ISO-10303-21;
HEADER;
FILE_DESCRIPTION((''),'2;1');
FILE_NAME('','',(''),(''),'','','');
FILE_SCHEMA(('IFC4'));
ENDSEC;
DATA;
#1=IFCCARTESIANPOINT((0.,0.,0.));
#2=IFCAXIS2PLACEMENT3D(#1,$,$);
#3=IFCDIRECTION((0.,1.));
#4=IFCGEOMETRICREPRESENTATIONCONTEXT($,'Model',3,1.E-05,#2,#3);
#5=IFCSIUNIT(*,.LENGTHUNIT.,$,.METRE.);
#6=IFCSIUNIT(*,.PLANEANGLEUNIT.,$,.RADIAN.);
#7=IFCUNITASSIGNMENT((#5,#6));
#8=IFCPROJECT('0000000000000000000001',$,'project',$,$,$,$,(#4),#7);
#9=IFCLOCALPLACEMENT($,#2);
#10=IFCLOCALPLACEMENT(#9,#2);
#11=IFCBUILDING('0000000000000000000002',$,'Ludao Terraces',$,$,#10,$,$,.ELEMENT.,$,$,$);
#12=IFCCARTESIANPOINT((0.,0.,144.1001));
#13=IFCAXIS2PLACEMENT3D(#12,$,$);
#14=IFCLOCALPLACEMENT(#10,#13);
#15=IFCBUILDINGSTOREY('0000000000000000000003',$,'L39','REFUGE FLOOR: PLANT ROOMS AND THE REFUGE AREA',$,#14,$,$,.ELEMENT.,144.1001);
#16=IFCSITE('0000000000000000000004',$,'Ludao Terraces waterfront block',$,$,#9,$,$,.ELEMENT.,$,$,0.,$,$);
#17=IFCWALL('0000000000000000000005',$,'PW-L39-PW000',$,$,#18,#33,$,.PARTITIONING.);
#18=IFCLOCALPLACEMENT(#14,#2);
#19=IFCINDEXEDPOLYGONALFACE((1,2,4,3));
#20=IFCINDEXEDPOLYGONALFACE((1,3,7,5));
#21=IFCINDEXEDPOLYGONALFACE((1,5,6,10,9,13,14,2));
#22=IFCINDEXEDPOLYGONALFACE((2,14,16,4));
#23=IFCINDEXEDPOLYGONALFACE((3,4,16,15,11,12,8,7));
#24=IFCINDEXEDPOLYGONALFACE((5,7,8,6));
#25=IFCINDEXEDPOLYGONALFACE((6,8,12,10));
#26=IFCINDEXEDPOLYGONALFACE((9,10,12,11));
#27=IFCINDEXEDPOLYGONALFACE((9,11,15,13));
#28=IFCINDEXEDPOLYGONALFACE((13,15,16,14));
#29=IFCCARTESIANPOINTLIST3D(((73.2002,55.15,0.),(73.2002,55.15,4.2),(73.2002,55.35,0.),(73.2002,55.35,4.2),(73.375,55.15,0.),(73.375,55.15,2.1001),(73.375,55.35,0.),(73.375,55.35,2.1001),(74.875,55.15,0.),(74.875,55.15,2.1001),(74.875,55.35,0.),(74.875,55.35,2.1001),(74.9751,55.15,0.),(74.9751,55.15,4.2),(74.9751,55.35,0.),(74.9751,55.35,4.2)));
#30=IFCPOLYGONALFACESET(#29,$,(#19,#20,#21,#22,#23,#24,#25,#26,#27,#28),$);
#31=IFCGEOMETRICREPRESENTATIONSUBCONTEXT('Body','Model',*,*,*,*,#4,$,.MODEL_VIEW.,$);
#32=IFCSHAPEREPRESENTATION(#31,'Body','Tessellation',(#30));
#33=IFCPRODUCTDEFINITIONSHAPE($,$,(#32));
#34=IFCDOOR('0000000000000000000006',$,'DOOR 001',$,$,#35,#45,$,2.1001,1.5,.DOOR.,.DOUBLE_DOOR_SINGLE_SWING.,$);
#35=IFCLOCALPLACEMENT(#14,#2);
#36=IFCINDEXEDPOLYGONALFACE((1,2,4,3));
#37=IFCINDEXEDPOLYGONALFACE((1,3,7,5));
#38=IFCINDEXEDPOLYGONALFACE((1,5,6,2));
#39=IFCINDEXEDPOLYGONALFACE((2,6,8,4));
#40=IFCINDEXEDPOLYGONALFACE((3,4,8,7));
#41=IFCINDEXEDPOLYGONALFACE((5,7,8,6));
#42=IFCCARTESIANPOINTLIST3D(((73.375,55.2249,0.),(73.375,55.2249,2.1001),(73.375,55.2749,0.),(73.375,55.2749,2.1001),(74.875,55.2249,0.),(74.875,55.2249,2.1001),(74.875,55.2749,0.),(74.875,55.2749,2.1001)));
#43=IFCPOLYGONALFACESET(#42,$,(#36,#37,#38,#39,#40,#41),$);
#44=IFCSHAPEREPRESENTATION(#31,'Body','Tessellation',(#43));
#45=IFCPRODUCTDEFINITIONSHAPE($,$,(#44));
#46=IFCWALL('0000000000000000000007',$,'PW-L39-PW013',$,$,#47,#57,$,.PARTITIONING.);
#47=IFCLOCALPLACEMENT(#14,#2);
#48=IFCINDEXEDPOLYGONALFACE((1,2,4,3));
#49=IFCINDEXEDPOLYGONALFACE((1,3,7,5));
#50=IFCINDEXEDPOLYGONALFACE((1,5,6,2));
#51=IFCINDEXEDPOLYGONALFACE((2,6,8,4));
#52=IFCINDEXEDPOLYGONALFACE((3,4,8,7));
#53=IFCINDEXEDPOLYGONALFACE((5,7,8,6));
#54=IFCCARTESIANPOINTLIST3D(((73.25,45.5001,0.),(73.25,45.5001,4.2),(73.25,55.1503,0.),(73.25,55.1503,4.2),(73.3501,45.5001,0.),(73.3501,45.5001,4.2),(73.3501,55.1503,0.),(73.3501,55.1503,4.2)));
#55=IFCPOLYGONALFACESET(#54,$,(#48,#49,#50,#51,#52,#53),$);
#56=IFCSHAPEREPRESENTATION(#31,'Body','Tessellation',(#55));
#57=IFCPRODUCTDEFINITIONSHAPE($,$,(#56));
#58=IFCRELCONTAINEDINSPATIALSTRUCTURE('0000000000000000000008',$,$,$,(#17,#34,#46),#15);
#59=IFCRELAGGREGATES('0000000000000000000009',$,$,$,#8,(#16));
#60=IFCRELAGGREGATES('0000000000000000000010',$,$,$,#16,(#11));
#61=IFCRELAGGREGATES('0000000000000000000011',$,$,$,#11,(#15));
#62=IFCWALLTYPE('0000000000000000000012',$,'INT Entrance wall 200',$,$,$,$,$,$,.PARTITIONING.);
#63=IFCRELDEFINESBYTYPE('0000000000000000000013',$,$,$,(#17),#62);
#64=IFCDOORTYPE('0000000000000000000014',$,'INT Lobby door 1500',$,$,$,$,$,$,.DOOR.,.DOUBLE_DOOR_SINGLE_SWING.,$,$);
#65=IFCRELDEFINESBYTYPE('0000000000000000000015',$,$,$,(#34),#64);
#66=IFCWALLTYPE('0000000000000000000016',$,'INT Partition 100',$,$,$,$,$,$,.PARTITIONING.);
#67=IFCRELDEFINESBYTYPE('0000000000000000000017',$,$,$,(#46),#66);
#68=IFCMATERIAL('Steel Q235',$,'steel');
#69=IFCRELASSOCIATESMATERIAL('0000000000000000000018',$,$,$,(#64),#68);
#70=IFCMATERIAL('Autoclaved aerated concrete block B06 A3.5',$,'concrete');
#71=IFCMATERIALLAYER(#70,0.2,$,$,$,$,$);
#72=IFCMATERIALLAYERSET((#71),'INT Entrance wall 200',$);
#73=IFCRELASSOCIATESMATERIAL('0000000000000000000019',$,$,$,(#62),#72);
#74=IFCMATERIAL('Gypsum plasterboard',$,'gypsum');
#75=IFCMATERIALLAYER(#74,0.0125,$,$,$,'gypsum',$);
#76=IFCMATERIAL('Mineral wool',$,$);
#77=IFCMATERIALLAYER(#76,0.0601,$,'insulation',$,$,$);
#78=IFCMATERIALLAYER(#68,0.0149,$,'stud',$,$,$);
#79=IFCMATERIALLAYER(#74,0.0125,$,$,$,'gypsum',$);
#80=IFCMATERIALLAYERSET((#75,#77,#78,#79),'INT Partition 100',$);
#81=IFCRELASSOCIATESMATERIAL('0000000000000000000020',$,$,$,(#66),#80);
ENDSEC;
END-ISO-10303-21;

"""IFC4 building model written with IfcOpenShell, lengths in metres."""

from ifc_helpers import new_model, si_unit, direction, frame, frame_2d, origin, place, context, subcontext, project, spatial, rectangle, extrude, material, layer, layer_set, type_object, element, fill, save


model = new_model("IFC4")

# Units and contexts
model_context = context("Model", 3, precision=1e-05, world=origin(), true_north=direction((0.0, 1.0)))
body_context = subcontext(model_context, "Body", "Model", "MODEL_VIEW")
ifc_project = project(units=[si_unit("LENGTHUNIT", "METRE"), si_unit("PLANEANGLEUNIT", "RADIAN")], contexts=[model_context])

# Site, building, storey
site_placement = place(None, origin())
site = spatial("IfcSite", under=ifc_project, at=site_placement, Name="Ludao Terraces waterfront block", CompositionType="ELEMENT", RefElevation=0.0)
building_placement = place(site_placement, origin())
building = spatial("IfcBuilding", under=site, at=building_placement, Name="Ludao Terraces", CompositionType="ELEMENT")
storey_placement = place(building_placement, frame((0.0, 0.0, 144.1001)))
storey = spatial("IfcBuildingStorey", under=building, at=storey_placement, Name="L39", Description="REFUGE FLOOR: PLANT ROOMS AND THE REFUGE AREA", CompositionType="ELEMENT", Elevation=144.1001)

# Shared definitions
ifc_material_1 = material(Name="Steel Q235", Category="steel")

# Wall, opening, door
door_type_1 = type_object("IfcDoorType", Name="INT Lobby door 1500", OperationType="DOUBLE_DOOR_SINGLE_SWING", PredefinedType="DOOR", material=ifc_material_1)
ifc_material_2 = material(Name="Autoclaved aerated concrete block B06 A3.5", Category="concrete")
ifc_layer_1 = layer(ifc_material_2, 0.2)
ifc_layer_set_1 = layer_set([ifc_layer_1], Name="INT Entrance wall 200")
wall_type_1 = type_object("IfcWallType", Name="INT Entrance wall 200", PredefinedType="PARTITIONING", material=ifc_layer_set_1)
wall_1_placement = place(storey_placement, frame((73.2002, 55.25, 0.0), z_axis=(0.0, 0.0, 1.0), x_axis=(1.0, 0.0, 0.0)))
wall_1 = element("IfcWall", 1, at=wall_1_placement, inside=storey, type_object=wall_type_1, Name="PW-L39-PW000", PredefinedType="PARTITIONING", context=body_context, shape_type="SweptSolid", body=[
    extrude(rectangle(XDim=1.7749, YDim=0.2, at=frame_2d((0.8875, 0.0))), origin(), (0.0, 0.0, 1.0), 4.2),
])
opening_1_placement = place(wall_1_placement, frame((0.1748, 0.0, 0.0)))
opening_1 = element("IfcOpeningElement", 2, at=opening_1_placement, cuts=wall_1, PredefinedType="OPENING", context=body_context, shape_type="SweptSolid", body=[
    extrude(rectangle(XDim=1.5, YDim=2.1001, at=frame_2d((0.75, 1.05))), frame((0.0, 0.1099, 0.0), z_axis=(0.0, -1.0, 0.0), x_axis=(1.0, 0.0, 0.0)), (0.0, 0.0, 1.0), 0.22),
])
door_1_placement = place(opening_1_placement, origin())
door_1 = element("IfcDoor", 3, at=door_1_placement, inside=storey, type_object=door_type_1, Name="DOOR 001", OperationType="DOUBLE_DOOR_SINGLE_SWING", OverallHeight=2.1001, OverallWidth=1.5, PredefinedType="DOOR", context=body_context, shape_type="SweptSolid", body=[
    extrude(rectangle(XDim=1.5, YDim=2.1001, at=frame_2d((0.75, 1.05))), frame((0.0, 0.0249, 0.0), z_axis=(0.0, -1.0, 0.0), x_axis=(1.0, 0.0, 0.0)), (0.0, 0.0, 1.0), 0.05),
])
fill(opening_1, door_1)

# Wall
ifc_material_3 = material(Name="Gypsum plasterboard", Category="gypsum")
ifc_layer_2 = layer(ifc_material_3, 0.0125, Category="gypsum")
ifc_material_4 = material(Name="Mineral wool")
ifc_layer_3 = layer(ifc_material_4, 0.0601, Name="insulation")
ifc_layer_4 = layer(ifc_material_1, 0.0149, Name="stud")
ifc_layer_5 = layer(ifc_material_3, 0.0125, Category="gypsum")
ifc_layer_set_2 = layer_set([ifc_layer_2, ifc_layer_3, ifc_layer_4, ifc_layer_5], Name="INT Partition 100")
wall_type_2 = type_object("IfcWallType", Name="INT Partition 100", PredefinedType="PARTITIONING", material=ifc_layer_set_2)
wall_2_placement = place(storey_placement, frame((73.3, 45.5, 0.0), z_axis=(0.0, 0.0, 1.0), x_axis=(0.0, 1.0, 0.0)))
element("IfcWall", 4, at=wall_2_placement, inside=storey, type_object=wall_type_2, Name="PW-L39-PW013", PredefinedType="PARTITIONING", context=body_context, shape_type="SweptSolid", body=[
    extrude(rectangle(XDim=9.6501, YDim=0.1001, at=frame_2d((4.8252, 0.0))), origin(), (0.0, 0.0, 1.0), 4.2),
])

save(model, "model.ifc")
